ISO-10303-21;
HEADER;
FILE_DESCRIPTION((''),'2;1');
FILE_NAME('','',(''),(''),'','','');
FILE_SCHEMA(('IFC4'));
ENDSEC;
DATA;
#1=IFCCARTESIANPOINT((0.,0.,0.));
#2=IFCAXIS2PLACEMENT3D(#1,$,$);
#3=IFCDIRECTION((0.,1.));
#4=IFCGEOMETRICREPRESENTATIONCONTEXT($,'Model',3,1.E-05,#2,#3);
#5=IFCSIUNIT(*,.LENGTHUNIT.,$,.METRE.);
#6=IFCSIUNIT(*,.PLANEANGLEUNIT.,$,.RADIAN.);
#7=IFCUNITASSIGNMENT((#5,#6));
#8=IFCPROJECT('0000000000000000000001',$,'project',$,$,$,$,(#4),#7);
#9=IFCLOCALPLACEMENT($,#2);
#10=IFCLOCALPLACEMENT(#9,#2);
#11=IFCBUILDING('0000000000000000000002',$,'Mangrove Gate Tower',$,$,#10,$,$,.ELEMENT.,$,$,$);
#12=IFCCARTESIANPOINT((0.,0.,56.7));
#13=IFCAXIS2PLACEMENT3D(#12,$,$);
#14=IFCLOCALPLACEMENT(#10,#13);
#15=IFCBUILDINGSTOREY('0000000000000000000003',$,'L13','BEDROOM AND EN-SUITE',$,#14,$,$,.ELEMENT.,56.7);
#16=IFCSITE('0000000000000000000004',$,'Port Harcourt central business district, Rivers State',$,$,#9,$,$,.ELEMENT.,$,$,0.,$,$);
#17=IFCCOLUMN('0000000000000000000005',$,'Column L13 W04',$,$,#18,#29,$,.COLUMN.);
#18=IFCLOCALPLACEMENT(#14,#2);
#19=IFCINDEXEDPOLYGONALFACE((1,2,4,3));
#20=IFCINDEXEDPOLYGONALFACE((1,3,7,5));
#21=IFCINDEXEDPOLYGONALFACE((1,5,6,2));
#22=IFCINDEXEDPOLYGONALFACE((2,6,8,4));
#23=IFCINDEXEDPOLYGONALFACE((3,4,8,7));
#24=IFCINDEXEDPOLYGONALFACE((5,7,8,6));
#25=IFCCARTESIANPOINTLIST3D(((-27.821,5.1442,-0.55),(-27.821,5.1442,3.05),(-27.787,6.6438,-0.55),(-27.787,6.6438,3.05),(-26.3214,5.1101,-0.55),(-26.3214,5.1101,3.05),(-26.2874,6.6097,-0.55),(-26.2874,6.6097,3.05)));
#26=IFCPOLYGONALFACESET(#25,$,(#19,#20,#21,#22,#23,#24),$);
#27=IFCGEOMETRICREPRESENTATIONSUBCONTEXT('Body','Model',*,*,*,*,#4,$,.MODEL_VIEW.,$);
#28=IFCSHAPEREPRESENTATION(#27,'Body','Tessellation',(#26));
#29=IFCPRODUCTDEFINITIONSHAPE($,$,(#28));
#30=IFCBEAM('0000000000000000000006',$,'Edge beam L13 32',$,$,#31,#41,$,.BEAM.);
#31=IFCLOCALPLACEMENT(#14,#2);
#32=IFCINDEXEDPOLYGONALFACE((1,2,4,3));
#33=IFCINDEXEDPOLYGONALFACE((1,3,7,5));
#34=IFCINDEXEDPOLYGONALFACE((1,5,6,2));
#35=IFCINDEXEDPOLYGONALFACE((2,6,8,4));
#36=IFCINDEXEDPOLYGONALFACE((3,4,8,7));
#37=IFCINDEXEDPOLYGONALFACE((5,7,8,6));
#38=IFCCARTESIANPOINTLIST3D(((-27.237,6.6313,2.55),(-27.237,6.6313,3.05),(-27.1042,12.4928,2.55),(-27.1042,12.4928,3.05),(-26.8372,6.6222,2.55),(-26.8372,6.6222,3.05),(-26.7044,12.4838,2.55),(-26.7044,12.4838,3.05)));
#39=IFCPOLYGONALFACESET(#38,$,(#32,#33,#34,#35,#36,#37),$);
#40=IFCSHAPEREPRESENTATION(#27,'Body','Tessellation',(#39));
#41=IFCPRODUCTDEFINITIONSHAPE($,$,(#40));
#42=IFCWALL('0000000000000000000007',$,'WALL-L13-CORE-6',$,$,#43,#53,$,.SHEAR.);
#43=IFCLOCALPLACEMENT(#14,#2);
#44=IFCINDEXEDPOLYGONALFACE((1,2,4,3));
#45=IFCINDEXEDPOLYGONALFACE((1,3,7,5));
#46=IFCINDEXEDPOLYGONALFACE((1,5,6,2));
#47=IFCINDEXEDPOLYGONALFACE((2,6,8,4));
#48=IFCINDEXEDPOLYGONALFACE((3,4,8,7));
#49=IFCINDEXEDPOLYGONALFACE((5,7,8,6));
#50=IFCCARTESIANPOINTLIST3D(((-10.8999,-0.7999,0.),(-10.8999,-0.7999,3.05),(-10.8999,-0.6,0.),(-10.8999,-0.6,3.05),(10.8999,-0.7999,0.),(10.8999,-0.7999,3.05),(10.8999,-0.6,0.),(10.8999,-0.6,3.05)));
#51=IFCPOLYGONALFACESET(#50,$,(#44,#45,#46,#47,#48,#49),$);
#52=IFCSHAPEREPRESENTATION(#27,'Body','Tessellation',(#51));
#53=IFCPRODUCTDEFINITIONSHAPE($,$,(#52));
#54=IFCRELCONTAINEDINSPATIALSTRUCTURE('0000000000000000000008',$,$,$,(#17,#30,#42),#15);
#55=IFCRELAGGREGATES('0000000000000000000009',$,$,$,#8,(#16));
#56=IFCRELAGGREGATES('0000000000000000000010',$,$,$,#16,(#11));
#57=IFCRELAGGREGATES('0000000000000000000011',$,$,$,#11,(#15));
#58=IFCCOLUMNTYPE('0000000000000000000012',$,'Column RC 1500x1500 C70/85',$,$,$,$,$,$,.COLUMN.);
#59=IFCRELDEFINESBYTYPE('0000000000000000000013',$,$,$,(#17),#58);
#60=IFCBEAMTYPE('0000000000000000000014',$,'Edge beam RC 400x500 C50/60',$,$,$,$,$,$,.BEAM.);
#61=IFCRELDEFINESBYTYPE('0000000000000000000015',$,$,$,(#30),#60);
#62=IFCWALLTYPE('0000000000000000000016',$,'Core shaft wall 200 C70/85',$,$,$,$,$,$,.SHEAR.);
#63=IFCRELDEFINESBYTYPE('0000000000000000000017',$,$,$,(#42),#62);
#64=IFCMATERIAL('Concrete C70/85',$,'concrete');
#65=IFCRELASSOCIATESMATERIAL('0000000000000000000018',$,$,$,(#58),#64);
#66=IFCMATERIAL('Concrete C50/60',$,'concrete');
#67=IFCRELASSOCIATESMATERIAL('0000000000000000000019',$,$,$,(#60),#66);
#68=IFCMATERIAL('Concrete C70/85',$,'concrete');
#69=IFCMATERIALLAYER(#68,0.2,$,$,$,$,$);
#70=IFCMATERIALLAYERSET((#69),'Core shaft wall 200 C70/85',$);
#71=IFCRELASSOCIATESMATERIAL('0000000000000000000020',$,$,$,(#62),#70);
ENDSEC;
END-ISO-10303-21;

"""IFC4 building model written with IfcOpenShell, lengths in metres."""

from ifc_helpers import new_model, si_unit, direction, frame, frame_2d, origin, origin_2d, place, context, subcontext, project, spatial, rectangle, extrude, material, layer, layer_set, material_profile, profile_set, type_object, element, save


model = new_model("IFC4")

# Units and contexts
model_context = context("Model", 3, precision=1e-05, world=origin(), true_north=direction((0.0, 1.0)))
body_context = subcontext(model_context, "Body", "Model", "MODEL_VIEW")
ifc_project = project(units=[si_unit("LENGTHUNIT", "METRE"), si_unit("PLANEANGLEUNIT", "RADIAN")], contexts=[model_context])

# Site, building, storey
site_placement = place(None, origin())
site = spatial("IfcSite", under=ifc_project, at=site_placement, Name="Port Harcourt central business district, Rivers State", CompositionType="ELEMENT", RefElevation=0.0)
building_placement = place(site_placement, origin())
building = spatial("IfcBuilding", under=site, at=building_placement, Name="Mangrove Gate Tower", CompositionType="ELEMENT")
storey_placement = place(building_placement, frame((0.0, 0.0, 56.7)))
storey = spatial("IfcBuildingStorey", under=building, at=storey_placement, Name="L13", Description="BEDROOM AND EN-SUITE", CompositionType="ELEMENT", Elevation=56.7)

# Column
ifc_material_1 = material(Name="Concrete C70/85", Category="concrete")
ifc_material_profile_1 = material_profile(ifc_material_1, rectangle(XDim=1.5, YDim=1.5, at=origin_2d()))
ifc_profile_set_1 = profile_set([ifc_material_profile_1], Name="Concrete C70/85")
column_type = type_object("IfcColumnType", Name="Column RC 1500x1500 C70/85", PredefinedType="COLUMN", material=ifc_profile_set_1)
column_placement = place(storey_placement, frame((-27.0542, 5.877, -0.55), z_axis=(0.0, 0.0, 1.0), x_axis=(-0.022687, -0.999743, 0.0)))
element("IfcColumn", 1, at=column_placement, inside=storey, type_object=column_type, Name="Column L13 W04", PredefinedType="COLUMN", context=body_context, shape_type="SweptSolid", body=[
    extrude(rectangle(XDim=1.5, YDim=1.5, at=origin_2d()), origin(), (0.0, 0.0, 1.0), 3.6001),
])

# Beam
ifc_material_2 = material(Name="Concrete C50/60", Category="concrete")
ifc_material_profile_2 = material_profile(ifc_material_2, rectangle(XDim=0.3999, YDim=0.5, at=origin_2d()))
ifc_profile_set_2 = profile_set([ifc_material_profile_2], Name="Concrete C50/60")
beam_type = type_object("IfcBeamType", Name="Edge beam RC 400x500 C50/60", PredefinedType="BEAM", material=ifc_profile_set_2)
beam_placement = place(storey_placement, frame((-26.9043, 12.4883, 2.8), z_axis=(-0.022652, -0.999743, 0.0), x_axis=(0.999743, -0.022652, 0.0)))
element("IfcBeam", 2, at=beam_placement, inside=storey, type_object=beam_type, Name="Edge beam L13 32", PredefinedType="BEAM", context=body_context, shape_type="SweptSolid", body=[
    extrude(rectangle(XDim=0.3999, YDim=0.5, at=origin_2d()), origin(), (0.0, 0.0, 1.0), 5.863),
])

# Wall
ifc_material_3 = material(Name="Concrete C70/85", Category="concrete")
ifc_layer_1 = layer(ifc_material_3, 0.2)
ifc_layer_set_1 = layer_set([ifc_layer_1], Name="Core shaft wall 200 C70/85")
wall_type_1 = type_object("IfcWallType", Name="Core shaft wall 200 C70/85", PredefinedType="SHEAR", material=ifc_layer_set_1)
wall_1_placement = place(storey_placement, frame((-10.8999, -0.7, 0.0), z_axis=(0.0, 0.0, 1.0), x_axis=(1.0, 0.0, 0.0)))
element("IfcWall", 3, at=wall_1_placement, inside=storey, type_object=wall_type_1, Name="WALL-L13-CORE-6", PredefinedType="SHEAR", context=body_context, shape_type="SweptSolid", body=[
    extrude(rectangle(XDim=21.7998, YDim=0.2, at=frame_2d((10.8999, 0.0))), origin(), (0.0, 0.0, 1.0), 3.05),
])

save(model, "model.ifc")
